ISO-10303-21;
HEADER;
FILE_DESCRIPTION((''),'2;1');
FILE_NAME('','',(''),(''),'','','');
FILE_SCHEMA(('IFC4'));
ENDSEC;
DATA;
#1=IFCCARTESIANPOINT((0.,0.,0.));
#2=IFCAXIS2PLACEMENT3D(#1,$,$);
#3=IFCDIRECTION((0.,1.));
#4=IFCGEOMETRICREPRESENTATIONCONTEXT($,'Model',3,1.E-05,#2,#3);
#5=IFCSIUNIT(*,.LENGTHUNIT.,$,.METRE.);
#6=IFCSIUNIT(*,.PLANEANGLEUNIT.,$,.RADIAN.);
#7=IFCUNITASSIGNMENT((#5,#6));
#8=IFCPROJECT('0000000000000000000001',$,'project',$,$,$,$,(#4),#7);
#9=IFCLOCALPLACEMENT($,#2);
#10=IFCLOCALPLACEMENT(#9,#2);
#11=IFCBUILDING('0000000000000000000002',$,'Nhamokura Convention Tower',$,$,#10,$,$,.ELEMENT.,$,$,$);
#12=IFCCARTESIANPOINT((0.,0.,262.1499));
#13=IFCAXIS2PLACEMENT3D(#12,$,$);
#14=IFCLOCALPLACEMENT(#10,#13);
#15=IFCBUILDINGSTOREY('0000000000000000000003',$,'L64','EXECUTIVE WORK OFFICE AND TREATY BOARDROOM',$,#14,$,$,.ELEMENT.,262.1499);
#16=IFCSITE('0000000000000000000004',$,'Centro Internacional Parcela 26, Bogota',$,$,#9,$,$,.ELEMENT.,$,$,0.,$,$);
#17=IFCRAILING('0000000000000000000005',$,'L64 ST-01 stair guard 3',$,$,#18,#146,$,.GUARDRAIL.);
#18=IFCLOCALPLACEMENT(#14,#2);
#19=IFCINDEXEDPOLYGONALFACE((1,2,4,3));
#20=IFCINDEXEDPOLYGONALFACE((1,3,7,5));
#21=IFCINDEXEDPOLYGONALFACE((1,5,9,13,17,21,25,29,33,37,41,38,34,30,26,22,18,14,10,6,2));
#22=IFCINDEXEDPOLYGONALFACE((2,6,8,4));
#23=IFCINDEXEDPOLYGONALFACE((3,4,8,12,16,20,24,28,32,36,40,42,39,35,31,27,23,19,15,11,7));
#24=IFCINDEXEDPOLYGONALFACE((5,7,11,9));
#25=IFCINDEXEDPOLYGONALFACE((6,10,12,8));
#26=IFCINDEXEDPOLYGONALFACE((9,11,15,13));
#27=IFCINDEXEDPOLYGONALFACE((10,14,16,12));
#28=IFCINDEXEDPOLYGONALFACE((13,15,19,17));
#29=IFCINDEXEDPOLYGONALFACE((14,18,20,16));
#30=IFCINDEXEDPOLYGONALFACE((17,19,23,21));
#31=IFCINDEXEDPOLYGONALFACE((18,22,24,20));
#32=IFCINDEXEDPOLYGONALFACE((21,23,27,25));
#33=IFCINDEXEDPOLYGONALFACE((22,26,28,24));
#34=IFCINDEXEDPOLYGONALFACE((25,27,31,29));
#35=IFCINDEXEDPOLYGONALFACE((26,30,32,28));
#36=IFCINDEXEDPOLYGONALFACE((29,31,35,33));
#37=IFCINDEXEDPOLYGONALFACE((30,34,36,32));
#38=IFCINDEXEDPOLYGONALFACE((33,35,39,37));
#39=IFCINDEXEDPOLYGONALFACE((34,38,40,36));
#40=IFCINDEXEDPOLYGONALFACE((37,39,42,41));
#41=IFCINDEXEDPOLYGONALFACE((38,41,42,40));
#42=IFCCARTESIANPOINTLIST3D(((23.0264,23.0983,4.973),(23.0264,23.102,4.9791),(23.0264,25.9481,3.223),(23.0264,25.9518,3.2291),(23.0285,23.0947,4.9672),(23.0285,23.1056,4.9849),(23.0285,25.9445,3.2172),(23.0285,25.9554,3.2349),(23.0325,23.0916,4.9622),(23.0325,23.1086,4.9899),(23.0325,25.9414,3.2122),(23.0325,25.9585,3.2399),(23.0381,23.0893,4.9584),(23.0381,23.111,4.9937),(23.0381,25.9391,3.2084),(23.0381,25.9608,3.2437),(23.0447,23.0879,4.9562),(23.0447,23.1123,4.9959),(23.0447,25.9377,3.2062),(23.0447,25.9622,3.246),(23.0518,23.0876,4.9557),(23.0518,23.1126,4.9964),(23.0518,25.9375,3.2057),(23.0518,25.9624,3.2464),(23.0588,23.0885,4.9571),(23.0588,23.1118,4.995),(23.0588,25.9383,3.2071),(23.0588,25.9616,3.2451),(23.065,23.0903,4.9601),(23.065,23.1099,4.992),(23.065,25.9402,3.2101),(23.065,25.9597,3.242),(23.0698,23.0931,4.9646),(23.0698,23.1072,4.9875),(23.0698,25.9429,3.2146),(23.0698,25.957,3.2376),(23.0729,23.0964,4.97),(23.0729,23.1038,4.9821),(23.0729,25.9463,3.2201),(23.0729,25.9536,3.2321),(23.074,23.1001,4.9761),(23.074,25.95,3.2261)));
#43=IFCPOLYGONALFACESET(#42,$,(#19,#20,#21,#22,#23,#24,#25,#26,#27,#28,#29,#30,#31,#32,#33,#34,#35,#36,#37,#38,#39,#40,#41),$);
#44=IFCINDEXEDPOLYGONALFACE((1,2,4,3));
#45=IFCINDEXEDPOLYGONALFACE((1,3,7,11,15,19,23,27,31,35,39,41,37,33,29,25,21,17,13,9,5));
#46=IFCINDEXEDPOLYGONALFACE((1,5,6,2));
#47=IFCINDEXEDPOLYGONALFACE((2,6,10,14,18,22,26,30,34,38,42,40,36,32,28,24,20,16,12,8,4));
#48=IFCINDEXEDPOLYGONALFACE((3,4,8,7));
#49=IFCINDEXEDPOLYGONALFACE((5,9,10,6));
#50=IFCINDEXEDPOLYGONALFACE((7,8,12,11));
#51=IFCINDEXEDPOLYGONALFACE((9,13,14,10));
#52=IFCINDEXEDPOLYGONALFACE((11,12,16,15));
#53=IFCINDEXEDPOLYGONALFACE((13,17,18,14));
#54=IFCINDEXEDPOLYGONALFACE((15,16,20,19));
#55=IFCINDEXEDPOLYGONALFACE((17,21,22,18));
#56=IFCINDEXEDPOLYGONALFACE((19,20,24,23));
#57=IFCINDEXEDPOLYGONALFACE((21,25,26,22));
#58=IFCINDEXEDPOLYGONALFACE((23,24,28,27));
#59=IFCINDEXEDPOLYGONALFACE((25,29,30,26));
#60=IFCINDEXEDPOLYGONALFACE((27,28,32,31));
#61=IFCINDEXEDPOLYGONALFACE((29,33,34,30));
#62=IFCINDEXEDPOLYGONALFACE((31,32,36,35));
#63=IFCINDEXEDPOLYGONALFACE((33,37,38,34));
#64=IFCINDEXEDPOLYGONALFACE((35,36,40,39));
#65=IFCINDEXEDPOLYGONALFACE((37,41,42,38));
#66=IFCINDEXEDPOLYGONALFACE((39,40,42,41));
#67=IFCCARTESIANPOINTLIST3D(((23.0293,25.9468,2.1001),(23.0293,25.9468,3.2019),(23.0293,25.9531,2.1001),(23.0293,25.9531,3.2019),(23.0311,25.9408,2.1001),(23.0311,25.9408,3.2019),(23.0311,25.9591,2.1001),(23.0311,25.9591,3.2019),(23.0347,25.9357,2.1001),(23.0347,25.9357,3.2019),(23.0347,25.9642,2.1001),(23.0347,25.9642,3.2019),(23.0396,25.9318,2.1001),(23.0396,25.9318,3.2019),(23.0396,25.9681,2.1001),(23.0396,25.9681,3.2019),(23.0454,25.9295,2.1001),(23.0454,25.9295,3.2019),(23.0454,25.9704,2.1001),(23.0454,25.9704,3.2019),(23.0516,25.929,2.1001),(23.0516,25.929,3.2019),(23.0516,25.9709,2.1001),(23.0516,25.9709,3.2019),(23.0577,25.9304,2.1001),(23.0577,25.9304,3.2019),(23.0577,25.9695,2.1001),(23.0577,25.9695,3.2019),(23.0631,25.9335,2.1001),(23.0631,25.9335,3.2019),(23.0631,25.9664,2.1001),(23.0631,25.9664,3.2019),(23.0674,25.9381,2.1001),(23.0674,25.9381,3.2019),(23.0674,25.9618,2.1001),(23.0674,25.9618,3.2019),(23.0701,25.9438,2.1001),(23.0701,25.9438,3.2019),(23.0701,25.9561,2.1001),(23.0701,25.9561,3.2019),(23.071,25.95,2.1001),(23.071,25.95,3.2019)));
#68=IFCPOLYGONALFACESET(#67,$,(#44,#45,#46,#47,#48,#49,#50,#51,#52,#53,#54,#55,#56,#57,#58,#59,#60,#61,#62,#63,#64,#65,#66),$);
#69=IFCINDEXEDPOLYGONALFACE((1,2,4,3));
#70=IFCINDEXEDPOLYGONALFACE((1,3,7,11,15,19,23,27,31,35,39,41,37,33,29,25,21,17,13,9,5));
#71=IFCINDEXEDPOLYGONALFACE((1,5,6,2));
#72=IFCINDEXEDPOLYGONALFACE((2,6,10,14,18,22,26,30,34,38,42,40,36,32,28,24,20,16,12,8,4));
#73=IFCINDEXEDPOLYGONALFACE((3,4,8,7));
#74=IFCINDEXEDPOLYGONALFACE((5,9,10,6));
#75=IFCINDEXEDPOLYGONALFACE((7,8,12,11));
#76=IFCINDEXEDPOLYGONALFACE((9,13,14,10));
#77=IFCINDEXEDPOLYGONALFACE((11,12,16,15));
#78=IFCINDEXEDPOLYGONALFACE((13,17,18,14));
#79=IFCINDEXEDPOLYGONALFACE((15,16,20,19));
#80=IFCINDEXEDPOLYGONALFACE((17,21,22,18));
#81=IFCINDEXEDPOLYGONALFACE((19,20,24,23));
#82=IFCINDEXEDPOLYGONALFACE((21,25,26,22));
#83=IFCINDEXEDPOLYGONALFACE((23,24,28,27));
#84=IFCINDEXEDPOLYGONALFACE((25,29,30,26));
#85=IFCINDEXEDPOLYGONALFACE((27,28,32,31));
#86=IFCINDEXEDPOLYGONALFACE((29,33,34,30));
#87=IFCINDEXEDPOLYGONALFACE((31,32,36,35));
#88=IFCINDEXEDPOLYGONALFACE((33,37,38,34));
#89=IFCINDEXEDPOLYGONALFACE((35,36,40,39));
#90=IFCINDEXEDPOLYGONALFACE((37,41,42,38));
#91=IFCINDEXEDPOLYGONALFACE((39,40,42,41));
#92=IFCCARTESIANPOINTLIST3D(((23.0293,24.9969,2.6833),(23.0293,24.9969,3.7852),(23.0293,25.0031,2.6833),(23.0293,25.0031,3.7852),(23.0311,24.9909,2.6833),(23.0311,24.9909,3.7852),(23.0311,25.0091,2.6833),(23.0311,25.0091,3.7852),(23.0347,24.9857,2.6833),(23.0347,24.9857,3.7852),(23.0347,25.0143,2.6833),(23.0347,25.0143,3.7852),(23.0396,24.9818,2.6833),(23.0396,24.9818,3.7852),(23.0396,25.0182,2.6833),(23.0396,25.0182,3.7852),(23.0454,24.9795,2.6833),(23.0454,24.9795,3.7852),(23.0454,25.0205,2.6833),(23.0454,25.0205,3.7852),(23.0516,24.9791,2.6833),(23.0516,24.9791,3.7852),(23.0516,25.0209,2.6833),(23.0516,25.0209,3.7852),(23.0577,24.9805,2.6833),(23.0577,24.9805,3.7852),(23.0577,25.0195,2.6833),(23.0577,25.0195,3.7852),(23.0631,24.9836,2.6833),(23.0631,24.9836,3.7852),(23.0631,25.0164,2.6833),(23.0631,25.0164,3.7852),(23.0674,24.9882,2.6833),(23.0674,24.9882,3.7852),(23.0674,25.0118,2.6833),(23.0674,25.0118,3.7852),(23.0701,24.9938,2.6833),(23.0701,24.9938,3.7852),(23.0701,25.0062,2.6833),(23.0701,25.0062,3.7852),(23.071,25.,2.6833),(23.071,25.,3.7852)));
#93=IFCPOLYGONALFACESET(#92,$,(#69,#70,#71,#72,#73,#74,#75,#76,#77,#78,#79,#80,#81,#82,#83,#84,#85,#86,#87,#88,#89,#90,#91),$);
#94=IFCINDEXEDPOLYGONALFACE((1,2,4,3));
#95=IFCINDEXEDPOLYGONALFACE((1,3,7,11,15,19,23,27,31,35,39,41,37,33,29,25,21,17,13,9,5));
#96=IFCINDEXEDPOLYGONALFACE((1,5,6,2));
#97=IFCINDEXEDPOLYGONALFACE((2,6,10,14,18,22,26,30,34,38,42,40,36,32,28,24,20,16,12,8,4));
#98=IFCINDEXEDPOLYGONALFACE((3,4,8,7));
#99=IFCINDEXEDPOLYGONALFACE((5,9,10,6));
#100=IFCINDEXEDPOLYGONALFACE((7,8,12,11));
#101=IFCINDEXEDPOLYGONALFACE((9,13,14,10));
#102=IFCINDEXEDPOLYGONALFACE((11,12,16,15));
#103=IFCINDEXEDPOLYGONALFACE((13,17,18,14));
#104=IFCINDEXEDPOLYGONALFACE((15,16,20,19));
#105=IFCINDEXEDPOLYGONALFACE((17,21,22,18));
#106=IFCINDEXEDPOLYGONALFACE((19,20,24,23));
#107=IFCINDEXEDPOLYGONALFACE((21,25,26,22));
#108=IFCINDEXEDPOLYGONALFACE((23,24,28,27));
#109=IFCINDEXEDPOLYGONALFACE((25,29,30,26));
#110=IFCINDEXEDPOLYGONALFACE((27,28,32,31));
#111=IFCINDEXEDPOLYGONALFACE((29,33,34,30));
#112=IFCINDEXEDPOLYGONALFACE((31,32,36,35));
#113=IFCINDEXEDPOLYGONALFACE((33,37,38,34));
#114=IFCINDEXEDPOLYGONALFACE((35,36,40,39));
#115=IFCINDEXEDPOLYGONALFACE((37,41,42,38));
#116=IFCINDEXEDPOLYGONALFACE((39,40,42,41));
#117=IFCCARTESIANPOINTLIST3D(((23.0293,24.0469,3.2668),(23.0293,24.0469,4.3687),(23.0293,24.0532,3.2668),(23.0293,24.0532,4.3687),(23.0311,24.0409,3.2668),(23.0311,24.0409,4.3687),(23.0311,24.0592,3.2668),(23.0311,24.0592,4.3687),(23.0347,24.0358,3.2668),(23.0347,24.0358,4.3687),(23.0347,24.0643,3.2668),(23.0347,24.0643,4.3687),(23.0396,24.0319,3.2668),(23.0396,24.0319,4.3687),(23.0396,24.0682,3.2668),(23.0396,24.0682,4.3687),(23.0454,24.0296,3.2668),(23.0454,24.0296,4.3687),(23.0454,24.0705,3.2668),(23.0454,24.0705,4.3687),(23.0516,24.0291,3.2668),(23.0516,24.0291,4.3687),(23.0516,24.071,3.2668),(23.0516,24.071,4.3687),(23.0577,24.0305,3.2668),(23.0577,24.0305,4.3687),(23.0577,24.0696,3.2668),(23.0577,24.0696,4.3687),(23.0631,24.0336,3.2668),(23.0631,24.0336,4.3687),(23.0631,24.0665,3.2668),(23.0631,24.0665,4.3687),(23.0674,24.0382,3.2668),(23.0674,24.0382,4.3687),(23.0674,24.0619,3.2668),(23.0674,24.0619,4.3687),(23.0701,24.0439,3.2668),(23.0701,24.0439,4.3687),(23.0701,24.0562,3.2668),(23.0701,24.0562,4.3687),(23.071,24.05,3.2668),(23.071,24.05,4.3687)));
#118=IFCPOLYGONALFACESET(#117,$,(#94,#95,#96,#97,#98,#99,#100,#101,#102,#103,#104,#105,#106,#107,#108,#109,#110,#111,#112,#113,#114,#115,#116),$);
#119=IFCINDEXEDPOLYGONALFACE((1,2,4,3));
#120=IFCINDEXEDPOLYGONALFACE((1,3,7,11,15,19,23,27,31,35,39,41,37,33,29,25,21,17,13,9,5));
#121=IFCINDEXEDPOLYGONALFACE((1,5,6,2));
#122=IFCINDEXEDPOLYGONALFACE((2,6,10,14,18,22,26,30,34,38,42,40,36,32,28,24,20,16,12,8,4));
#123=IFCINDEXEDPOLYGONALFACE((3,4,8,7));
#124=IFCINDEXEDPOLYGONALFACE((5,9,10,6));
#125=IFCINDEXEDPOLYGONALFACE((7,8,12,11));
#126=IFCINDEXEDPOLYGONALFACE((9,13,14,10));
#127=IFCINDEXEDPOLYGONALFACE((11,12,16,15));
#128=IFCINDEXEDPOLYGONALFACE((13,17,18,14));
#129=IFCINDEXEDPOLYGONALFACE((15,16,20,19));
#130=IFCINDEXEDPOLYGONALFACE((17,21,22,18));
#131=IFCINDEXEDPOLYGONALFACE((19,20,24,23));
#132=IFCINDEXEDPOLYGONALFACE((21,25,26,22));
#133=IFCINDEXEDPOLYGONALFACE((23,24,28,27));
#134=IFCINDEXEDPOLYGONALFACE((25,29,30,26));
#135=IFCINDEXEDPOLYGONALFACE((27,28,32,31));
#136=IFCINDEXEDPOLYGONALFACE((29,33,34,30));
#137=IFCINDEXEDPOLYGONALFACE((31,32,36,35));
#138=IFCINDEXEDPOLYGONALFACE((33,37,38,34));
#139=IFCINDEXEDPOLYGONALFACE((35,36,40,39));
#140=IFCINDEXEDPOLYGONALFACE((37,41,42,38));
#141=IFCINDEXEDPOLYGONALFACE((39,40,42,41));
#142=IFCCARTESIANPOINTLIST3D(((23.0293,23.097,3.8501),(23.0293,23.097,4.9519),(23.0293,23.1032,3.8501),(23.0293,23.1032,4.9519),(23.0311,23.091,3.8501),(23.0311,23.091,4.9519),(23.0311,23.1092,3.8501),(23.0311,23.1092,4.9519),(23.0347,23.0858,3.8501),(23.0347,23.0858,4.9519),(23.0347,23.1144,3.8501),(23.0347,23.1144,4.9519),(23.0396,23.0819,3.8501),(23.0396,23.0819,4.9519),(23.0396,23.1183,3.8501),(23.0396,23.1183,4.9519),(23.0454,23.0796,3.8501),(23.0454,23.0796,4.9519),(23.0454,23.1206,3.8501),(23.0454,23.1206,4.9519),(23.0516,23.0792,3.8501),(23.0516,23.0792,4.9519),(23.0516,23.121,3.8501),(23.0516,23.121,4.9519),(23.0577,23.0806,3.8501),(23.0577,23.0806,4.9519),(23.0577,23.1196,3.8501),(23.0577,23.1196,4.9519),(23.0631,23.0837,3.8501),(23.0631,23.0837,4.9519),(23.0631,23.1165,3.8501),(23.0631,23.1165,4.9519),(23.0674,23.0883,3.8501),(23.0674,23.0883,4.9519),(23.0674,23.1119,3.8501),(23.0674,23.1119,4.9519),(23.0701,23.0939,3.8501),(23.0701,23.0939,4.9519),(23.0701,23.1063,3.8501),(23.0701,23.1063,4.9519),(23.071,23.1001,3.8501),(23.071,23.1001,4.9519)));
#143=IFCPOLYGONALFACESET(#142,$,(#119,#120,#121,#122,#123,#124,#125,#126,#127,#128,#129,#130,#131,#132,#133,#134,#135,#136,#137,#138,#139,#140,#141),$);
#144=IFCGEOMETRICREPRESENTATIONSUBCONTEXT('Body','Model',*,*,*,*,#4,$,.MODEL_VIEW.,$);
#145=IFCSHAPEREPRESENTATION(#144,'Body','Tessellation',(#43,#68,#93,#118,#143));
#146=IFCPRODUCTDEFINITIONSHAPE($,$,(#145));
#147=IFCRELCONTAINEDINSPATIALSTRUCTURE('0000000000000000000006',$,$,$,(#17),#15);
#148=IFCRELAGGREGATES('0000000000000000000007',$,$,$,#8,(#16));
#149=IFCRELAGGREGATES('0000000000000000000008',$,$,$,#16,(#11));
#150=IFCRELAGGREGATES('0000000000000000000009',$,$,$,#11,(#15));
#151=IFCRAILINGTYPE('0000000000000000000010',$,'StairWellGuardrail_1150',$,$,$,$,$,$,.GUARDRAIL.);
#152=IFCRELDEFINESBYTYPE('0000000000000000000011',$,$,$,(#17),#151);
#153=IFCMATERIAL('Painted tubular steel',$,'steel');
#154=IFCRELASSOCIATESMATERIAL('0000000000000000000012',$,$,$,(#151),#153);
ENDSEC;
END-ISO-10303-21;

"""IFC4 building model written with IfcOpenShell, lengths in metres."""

from ifc_helpers import new_model, si_unit, direction, frame, origin, origin_2d, place, context, subcontext, project, spatial, circle, extrude, material, type_object, element, save


model = new_model("IFC4")

# Units and contexts
model_context = context("Model", 3, precision=1e-05, world=origin(), true_north=direction((0.0, 1.0)))
body_context = subcontext(model_context, "Body", "Model", "MODEL_VIEW")
ifc_project = project(units=[si_unit("LENGTHUNIT", "METRE"), si_unit("PLANEANGLEUNIT", "RADIAN")], contexts=[model_context])

# Site, building, storey
site_placement = place(None, origin())
site = spatial("IfcSite", under=ifc_project, at=site_placement, Name="Centro Internacional Parcela 26, Bogota", CompositionType="ELEMENT", RefElevation=0.0)
building_placement = place(site_placement, origin())
building = spatial("IfcBuilding", under=site, at=building_placement, Name="Nhamokura Convention Tower", CompositionType="ELEMENT")
storey_placement = place(building_placement, frame((0.0, 0.0, 262.1499)))
storey = spatial("IfcBuildingStorey", under=building, at=storey_placement, Name="L64", Description="EXECUTIVE WORK OFFICE AND TREATY BOARDROOM", CompositionType="ELEMENT", Elevation=262.1499)

# Railing
ifc_material_1 = material(Name="Painted tubular steel", Category="steel")
railing_type = type_object("IfcRailingType", Name="StairWellGuardrail_1150", PredefinedType="GUARDRAIL", material=ifc_material_1)
railing_1_placement = place(storey_placement, frame((23.05, 25.95, 2.1001)))
element("IfcRailing", 1, at=railing_1_placement, inside=storey, type_object=railing_type, Name="L64 ST-01 stair guard 3", PredefinedType="GUARDRAIL", context=body_context, shape_type="SweptSolid", body=[
    extrude(circle(Radius=0.0239, at=origin_2d()), frame((0.0, 0.0, 1.126), z_axis=(0.0, -0.852159, 0.523283), x_axis=(1.0, 0.0, 0.0)), (0.0, 0.0, 1.0), 3.3442),
    extrude(circle(Radius=0.021, at=origin_2d()), origin(), (0.0, 0.0, 1.0), 1.1018),
    extrude(circle(Radius=0.021, at=origin_2d()), frame((0.0, -0.95, 0.5833)), (0.0, 0.0, 1.0), 1.1018),
    extrude(circle(Radius=0.021, at=origin_2d()), frame((0.0, -1.8999, 1.1667)), (0.0, 0.0, 1.0), 1.1018),
    extrude(circle(Radius=0.021, at=origin_2d()), frame((0.0, -2.8499, 1.75)), (0.0, 0.0, 1.0), 1.1018),
])

save(model, "model.ifc")
